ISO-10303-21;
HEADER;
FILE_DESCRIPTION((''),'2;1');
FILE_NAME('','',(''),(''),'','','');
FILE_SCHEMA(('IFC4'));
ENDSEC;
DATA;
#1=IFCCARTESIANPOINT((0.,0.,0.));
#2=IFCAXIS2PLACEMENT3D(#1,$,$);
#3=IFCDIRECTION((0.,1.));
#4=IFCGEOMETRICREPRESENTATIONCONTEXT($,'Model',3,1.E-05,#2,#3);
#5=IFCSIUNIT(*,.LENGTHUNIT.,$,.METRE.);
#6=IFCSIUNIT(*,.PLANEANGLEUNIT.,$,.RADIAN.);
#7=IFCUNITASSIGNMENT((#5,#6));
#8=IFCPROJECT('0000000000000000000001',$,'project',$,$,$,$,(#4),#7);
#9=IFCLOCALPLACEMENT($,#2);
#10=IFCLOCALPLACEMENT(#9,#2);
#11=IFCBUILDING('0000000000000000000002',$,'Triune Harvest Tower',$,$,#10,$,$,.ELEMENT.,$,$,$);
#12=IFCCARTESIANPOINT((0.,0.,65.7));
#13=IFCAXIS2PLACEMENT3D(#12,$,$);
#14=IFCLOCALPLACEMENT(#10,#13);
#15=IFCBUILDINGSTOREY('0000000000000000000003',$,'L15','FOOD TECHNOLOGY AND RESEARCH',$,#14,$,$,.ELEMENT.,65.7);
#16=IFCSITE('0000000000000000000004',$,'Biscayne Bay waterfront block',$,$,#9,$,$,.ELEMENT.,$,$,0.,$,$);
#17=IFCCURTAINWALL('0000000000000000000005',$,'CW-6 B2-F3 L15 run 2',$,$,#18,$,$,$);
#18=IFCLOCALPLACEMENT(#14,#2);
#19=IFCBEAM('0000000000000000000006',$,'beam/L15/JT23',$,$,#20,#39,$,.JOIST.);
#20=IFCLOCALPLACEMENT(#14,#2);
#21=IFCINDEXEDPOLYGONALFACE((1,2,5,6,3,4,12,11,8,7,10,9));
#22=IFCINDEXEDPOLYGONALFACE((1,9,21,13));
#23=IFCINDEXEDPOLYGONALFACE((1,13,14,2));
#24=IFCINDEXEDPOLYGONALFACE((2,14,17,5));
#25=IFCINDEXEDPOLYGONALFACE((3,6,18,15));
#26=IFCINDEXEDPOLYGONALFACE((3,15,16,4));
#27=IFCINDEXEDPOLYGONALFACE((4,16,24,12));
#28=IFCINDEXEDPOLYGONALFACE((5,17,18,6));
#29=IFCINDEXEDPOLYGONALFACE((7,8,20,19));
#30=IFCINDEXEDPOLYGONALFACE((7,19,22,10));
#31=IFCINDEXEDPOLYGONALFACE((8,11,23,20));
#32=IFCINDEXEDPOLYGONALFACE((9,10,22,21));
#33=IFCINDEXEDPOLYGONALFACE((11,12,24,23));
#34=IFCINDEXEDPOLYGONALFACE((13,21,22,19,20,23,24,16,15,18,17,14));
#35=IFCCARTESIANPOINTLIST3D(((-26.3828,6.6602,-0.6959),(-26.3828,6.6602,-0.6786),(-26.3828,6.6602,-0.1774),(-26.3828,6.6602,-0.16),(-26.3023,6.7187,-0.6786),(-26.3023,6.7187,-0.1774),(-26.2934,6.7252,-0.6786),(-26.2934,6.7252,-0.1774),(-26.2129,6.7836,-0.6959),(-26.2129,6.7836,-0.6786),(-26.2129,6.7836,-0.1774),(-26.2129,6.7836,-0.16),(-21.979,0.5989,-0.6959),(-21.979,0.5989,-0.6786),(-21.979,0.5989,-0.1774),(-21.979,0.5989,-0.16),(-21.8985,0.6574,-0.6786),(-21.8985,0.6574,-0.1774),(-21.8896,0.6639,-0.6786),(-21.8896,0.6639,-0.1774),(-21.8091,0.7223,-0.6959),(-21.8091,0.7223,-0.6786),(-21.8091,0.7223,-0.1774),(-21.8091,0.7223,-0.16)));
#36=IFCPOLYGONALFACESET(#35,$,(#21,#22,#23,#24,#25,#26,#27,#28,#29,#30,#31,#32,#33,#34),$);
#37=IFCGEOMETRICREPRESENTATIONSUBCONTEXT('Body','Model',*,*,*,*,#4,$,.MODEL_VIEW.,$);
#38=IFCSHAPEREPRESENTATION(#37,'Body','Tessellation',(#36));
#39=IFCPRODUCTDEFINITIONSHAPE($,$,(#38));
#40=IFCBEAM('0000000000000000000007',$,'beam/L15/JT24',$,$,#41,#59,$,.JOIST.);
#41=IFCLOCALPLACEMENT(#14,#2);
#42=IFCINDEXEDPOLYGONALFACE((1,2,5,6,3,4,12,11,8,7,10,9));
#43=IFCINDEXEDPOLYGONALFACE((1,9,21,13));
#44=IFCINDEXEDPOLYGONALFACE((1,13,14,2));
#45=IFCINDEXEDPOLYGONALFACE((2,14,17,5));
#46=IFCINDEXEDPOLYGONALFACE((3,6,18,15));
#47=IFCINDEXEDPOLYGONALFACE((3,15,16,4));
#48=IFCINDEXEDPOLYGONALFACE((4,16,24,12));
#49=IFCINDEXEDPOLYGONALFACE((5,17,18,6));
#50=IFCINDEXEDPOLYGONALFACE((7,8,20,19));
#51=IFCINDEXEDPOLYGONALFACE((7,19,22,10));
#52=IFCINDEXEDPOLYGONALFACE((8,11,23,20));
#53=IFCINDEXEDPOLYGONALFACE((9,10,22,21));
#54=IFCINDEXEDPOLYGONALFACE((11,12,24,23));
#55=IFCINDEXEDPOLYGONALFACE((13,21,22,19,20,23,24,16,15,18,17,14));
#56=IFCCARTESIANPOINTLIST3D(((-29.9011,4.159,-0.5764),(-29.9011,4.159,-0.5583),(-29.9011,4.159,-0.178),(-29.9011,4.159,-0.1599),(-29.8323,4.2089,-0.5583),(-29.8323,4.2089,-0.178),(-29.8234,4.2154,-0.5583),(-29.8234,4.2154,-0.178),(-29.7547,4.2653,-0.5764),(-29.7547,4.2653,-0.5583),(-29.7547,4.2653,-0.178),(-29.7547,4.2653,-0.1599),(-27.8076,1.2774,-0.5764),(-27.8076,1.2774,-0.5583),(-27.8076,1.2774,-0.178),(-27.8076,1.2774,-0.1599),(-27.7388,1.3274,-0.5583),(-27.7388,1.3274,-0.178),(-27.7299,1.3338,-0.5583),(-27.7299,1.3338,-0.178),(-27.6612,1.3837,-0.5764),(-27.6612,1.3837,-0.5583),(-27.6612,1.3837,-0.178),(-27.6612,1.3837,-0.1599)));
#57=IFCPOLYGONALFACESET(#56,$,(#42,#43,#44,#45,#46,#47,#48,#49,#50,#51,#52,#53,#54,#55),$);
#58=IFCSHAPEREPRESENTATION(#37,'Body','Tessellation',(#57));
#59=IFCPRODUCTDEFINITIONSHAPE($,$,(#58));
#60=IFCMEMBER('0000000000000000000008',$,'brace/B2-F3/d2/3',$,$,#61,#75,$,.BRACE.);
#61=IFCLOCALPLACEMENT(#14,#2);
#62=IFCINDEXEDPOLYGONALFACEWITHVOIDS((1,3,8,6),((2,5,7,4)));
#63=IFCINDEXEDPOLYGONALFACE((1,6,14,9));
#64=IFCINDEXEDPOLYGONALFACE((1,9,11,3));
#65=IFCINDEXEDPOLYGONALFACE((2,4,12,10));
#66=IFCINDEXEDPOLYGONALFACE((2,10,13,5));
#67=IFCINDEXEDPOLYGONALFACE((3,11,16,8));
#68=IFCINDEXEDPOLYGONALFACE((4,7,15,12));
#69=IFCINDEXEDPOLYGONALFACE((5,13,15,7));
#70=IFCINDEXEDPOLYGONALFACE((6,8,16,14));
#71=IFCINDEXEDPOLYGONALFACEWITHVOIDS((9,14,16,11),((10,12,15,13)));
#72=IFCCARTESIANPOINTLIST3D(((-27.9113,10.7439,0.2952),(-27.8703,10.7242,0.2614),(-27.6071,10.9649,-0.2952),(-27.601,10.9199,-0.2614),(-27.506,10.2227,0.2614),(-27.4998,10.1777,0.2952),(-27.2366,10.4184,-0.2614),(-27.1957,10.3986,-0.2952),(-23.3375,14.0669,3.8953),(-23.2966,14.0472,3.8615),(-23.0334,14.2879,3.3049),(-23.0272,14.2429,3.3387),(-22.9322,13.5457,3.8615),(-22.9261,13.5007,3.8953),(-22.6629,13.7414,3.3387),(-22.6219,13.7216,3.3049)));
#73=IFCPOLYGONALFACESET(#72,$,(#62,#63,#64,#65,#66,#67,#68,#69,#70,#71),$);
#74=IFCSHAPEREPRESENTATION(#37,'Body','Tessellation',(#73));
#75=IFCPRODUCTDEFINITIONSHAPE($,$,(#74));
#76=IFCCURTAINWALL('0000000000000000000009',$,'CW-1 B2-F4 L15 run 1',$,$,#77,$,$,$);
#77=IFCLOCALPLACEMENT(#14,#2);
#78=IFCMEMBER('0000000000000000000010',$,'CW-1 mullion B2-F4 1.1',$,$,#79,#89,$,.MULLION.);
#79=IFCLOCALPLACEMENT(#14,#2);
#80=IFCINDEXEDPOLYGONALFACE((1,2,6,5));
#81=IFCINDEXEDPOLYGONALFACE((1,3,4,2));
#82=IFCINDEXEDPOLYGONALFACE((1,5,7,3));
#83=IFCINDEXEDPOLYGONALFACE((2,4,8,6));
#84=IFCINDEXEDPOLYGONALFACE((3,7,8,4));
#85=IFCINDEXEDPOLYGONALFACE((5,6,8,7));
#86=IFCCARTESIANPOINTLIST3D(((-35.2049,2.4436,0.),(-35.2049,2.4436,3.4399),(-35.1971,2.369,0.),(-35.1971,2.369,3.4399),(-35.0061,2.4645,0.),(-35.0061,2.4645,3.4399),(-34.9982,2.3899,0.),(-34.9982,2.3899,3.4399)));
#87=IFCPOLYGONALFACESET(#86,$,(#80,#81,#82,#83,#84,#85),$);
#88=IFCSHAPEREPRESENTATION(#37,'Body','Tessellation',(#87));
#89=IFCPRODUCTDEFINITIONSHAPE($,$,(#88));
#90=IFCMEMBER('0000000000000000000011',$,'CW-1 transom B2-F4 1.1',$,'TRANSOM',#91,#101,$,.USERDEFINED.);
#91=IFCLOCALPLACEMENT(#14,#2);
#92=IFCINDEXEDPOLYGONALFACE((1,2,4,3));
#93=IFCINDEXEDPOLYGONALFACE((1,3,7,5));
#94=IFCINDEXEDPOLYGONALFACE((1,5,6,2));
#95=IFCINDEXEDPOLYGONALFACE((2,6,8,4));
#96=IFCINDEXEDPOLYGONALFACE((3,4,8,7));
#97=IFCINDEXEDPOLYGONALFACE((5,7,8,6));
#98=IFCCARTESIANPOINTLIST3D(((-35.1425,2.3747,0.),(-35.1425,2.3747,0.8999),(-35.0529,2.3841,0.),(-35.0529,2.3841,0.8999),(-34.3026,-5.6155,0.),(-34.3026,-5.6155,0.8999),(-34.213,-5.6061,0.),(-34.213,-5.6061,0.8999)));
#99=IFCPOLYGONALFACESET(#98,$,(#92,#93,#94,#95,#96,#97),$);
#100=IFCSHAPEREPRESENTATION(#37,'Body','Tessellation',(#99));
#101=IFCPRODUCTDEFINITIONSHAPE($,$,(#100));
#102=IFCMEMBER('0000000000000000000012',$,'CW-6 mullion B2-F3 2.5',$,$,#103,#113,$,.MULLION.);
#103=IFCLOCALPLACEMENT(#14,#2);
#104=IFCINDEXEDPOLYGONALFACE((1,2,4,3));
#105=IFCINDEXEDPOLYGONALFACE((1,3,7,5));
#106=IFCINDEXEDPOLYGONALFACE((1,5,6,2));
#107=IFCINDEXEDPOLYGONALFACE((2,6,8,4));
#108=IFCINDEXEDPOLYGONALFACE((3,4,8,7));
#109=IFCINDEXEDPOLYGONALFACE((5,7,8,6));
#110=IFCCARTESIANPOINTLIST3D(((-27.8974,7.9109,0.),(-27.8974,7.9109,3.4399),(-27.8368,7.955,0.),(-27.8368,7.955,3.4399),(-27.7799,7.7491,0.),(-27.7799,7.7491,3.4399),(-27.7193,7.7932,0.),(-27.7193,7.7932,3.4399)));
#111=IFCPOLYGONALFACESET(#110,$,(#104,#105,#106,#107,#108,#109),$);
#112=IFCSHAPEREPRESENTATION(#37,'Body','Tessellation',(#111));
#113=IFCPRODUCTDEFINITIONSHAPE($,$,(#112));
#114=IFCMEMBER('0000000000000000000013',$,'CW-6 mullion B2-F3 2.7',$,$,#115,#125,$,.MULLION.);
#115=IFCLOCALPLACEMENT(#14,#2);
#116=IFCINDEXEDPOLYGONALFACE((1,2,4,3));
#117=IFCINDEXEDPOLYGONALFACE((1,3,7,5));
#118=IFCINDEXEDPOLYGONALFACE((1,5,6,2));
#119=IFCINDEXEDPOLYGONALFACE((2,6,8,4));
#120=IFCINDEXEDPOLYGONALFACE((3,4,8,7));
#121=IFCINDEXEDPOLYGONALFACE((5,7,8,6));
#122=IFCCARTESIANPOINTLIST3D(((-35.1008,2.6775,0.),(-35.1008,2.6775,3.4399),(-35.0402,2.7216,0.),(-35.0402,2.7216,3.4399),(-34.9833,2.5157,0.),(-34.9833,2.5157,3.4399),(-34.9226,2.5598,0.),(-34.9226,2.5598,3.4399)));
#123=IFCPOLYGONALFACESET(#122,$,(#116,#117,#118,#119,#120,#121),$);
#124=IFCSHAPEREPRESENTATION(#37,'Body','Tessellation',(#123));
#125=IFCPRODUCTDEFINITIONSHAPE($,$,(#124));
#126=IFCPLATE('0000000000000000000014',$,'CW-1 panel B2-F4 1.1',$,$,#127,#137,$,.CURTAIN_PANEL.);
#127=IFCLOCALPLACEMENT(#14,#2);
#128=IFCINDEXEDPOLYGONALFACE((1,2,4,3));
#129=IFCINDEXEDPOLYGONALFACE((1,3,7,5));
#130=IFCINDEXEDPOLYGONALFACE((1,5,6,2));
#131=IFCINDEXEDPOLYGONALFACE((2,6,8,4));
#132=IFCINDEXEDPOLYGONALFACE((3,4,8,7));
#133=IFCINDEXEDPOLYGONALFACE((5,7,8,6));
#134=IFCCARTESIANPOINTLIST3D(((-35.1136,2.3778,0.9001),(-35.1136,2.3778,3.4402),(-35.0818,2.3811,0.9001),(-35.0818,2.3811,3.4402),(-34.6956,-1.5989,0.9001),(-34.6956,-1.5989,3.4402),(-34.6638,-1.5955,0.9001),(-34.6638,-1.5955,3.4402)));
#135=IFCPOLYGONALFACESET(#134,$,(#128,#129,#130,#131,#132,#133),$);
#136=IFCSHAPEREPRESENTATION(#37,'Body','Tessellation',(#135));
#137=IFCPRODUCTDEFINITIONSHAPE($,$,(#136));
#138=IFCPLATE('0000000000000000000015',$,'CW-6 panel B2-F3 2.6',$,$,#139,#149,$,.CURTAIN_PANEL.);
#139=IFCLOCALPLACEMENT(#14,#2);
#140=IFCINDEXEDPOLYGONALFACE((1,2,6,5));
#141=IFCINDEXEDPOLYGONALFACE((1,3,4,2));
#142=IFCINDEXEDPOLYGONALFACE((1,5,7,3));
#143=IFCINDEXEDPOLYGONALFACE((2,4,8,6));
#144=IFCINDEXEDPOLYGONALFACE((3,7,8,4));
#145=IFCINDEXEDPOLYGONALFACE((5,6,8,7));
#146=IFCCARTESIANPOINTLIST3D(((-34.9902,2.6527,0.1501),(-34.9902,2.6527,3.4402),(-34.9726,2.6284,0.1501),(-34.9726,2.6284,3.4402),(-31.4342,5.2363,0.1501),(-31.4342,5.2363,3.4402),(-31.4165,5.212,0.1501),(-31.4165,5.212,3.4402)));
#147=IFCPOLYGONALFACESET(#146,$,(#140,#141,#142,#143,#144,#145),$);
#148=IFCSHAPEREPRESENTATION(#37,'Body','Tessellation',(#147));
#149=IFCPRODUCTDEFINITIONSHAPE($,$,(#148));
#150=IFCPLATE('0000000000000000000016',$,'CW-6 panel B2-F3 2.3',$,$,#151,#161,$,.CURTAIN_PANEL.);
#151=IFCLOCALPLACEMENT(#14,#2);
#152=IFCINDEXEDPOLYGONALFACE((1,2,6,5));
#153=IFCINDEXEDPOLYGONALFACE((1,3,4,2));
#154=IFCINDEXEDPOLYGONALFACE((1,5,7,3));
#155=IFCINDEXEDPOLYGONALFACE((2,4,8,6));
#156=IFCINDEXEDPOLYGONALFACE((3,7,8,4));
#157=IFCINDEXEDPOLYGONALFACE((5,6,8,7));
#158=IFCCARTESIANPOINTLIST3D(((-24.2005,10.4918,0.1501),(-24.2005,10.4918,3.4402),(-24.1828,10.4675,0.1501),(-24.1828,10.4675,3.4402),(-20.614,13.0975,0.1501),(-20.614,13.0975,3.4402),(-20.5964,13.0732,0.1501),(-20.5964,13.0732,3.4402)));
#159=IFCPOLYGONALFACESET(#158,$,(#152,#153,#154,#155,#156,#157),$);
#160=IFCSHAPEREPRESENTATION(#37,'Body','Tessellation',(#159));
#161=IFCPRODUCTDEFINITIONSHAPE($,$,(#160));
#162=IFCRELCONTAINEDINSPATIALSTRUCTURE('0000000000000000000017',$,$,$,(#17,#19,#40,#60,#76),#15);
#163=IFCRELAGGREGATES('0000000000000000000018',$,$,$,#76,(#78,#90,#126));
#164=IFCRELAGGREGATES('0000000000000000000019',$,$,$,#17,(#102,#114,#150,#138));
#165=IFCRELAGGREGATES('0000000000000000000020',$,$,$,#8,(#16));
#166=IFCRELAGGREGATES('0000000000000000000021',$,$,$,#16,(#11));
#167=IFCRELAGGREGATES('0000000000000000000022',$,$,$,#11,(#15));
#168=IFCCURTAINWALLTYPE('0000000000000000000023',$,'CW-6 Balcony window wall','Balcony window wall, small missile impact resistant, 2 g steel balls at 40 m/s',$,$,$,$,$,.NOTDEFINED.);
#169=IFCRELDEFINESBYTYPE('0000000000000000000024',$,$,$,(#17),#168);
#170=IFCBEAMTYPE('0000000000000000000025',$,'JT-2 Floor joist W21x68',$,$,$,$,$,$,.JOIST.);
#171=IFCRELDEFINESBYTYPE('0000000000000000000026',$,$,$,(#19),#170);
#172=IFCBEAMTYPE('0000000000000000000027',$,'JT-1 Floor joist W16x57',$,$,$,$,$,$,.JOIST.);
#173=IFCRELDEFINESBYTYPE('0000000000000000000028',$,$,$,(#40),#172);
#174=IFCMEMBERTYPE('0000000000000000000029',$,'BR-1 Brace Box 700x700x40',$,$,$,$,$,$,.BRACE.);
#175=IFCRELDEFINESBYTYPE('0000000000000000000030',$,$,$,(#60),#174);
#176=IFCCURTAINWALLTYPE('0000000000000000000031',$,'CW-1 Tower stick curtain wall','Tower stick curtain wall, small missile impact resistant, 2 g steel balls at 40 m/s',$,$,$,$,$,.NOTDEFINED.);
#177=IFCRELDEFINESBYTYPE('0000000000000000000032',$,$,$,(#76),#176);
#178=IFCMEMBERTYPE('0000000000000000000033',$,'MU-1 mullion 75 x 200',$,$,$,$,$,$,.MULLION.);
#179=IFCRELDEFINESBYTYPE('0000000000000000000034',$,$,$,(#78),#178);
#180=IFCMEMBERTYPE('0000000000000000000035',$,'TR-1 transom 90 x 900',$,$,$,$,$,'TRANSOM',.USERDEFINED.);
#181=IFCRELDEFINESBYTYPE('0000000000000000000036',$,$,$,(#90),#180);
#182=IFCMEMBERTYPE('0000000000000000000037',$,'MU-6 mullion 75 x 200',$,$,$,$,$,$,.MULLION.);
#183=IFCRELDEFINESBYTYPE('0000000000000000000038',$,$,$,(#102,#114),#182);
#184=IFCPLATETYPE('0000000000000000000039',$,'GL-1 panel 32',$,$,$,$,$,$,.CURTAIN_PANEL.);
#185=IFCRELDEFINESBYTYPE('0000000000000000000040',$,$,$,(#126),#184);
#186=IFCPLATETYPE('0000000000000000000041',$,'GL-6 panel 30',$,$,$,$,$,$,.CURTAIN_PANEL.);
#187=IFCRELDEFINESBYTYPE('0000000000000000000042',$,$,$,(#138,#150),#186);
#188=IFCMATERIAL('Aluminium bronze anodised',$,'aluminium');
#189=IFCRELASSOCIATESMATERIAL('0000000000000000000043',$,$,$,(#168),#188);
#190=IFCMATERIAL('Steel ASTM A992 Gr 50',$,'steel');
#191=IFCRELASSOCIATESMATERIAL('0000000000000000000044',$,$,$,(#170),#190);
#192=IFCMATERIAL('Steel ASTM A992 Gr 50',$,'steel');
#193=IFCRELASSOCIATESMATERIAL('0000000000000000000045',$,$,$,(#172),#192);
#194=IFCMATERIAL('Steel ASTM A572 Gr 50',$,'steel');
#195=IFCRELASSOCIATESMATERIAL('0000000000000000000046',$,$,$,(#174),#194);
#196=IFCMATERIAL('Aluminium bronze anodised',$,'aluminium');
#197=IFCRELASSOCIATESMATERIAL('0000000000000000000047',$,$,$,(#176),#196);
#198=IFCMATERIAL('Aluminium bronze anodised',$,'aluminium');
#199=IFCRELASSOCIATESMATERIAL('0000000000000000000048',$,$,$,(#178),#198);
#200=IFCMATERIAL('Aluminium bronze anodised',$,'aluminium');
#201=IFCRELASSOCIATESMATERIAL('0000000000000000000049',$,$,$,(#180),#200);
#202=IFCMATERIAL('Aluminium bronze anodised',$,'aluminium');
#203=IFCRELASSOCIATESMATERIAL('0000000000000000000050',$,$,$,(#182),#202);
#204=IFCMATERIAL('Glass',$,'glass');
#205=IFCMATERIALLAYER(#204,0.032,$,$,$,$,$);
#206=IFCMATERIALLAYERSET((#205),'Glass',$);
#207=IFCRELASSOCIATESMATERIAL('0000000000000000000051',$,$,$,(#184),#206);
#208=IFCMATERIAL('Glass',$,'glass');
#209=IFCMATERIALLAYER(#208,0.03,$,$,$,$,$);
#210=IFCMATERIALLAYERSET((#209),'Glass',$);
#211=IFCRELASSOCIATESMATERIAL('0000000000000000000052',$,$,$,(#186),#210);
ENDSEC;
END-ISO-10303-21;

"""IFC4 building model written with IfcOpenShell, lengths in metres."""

from ifc_helpers import new_model, si_unit, direction, frame, origin, origin_2d, place, context, subcontext, project, spatial, rectangle, hollow_rectangle, i_section, extrude, source, transform, mapped, material, layer, layer_set, material_profile, profile_set, type_object, element, aggregate, save


model = new_model("IFC4")

# Units and contexts
model_context = context("Model", 3, precision=1e-05, world=origin(), true_north=direction((0.0, 1.0)))
body_context = subcontext(model_context, "Body", "Model", "MODEL_VIEW")
ifc_project = project(units=[si_unit("LENGTHUNIT", "METRE"), si_unit("PLANEANGLEUNIT", "RADIAN")], contexts=[model_context])

# Site, building, storey
site_placement = place(None, origin())
site = spatial("IfcSite", under=ifc_project, at=site_placement, Name="Biscayne Bay waterfront block", CompositionType="ELEMENT", RefElevation=0.0)
building_placement = place(site_placement, origin())
building = spatial("IfcBuilding", under=site, at=building_placement, Name="Triune Harvest Tower", CompositionType="ELEMENT")
storey_placement = place(building_placement, frame((0.0, 0.0, 65.7)))
storey = spatial("IfcBuildingStorey", under=building, at=storey_placement, Name="L15", Description="FOOD TECHNOLOGY AND RESEARCH", CompositionType="ELEMENT", Elevation=65.7)

# Curtain wall
ifc_material_1 = material(Name="Aluminium bronze anodised", Category="aluminium")
curtain_wall_type_1 = type_object("IfcCurtainWallType", Name="CW-6 Balcony window wall", Description="Balcony window wall, small missile impact resistant, 2 g steel balls at 40 m/s", PredefinedType="NOTDEFINED", material=ifc_material_1)
curtain_wall_1_placement = place(storey_placement, origin())
curtain_wall_1 = element("IfcCurtainWall", 1, at=curtain_wall_1_placement, inside=storey, type_object=curtain_wall_type_1, Name="CW-6 B2-F3 L15 run 2")

# Beams
ifc_material_2 = material(Name="Steel ASTM A992 Gr 50", Category="steel")
ifc_material_profile_1 = material_profile(ifc_material_2, i_section(OverallWidth=0.21, OverallDepth=0.5359, WebThickness=0.011, FlangeThickness=0.0173, at=origin_2d()), Name="W21x68")
ifc_profile_set_1 = profile_set([ifc_material_profile_1], Name="Steel ASTM A992 Gr 50")
beam_type_1 = type_object("IfcBeamType", Name="JT-2 Floor joist W21x68", PredefinedType="JOIST", material=ifc_profile_set_1)
shared_shape_1 = source(origin(), body_context, "Body", "SweptSolid", [
    extrude(i_section(OverallWidth=0.21, OverallDepth=0.5359, WebThickness=0.011, FlangeThickness=0.0173, at=origin_2d()), origin(), (0.0, 0.0, 1.0), 7.4922),
])
beam_1_placement = place(storey_placement, frame((-26.2979, 6.7219, -0.428), z_axis=(0.587788, -0.809015, 0.0), x_axis=(0.809015, 0.587788, 0.0)))
element("IfcBeam", 2, at=beam_1_placement, inside=storey, type_object=beam_type_1, Name="beam/L15/JT23", PredefinedType="JOIST", context=body_context, shape_type="MappedRepresentation", body=[
    mapped(shared_shape_1, transform((0.0, 0.0, 0.0), scale=1.0)),
])
ifc_material_3 = material(Name="Steel ASTM A992 Gr 50", Category="steel")
ifc_material_profile_2 = material_profile(ifc_material_3, i_section(OverallWidth=0.1809, OverallDepth=0.4165, WebThickness=0.011, FlangeThickness=0.0181, at=origin_2d()), Name="W16x57")
ifc_profile_set_2 = profile_set([ifc_material_profile_2], Name="Steel ASTM A992 Gr 50")
beam_type_2 = type_object("IfcBeamType", Name="JT-1 Floor joist W16x57", PredefinedType="JOIST", material=ifc_profile_set_2)
shared_shape_2 = source(origin(), body_context, "Body", "SweptSolid", [
    extrude(i_section(OverallWidth=0.1809, OverallDepth=0.4165, WebThickness=0.011, FlangeThickness=0.0181, at=origin_2d()), origin(), (0.0, 0.0, 1.0), 3.5618),
])
beam_2_placement = place(storey_placement, frame((-29.8279, 4.2122, -0.3682), z_axis=(0.587768, -0.809029, 0.0), x_axis=(0.809029, 0.587768, 0.0)))
element("IfcBeam", 3, at=beam_2_placement, inside=storey, type_object=beam_type_2, Name="beam/L15/JT24", PredefinedType="JOIST", context=body_context, shape_type="MappedRepresentation", body=[
    mapped(shared_shape_2, transform((0.0, 0.0, 0.0), scale=1.0)),
])

# Member
ifc_material_4 = material(Name="Steel ASTM A572 Gr 50", Category="steel")
ifc_material_profile_3 = material_profile(ifc_material_4, hollow_rectangle(XDim=0.7, YDim=0.7, WallThickness=0.04, at=origin_2d()), Name="Box 700x700x40")
ifc_profile_set_3 = profile_set([ifc_material_profile_3], Name="Steel ASTM A572 Gr 50")
member_type_1 = type_object("IfcMemberType", Name="BR-1 Brace Box 700x700x40", PredefinedType="BRACE", material=ifc_profile_set_3)
shared_shape_3 = source(origin(), body_context, "Body", "SweptSolid", [
    extrude(hollow_rectangle(XDim=0.7, YDim=0.7, WallThickness=0.04, at=origin_2d()), origin(), (0.0, 0.0, 1.0), 6.7024),
])
member_1_placement = place(storey_placement, frame((-27.5535, 10.5713, 0.0), z_axis=(0.682403, 0.495793, 0.537136), x_axis=(-0.587784, 0.809018, 0.0)))
element("IfcMember", 4, at=member_1_placement, inside=storey, type_object=member_type_1, Name="brace/B2-F3/d2/3", PredefinedType="BRACE", context=body_context, shape_type="MappedRepresentation", body=[
    mapped(shared_shape_3, transform((0.0, 0.0, 0.0), scale=1.0)),
])

# Curtain wall, members
ifc_material_5 = material(Name="Aluminium bronze anodised", Category="aluminium")
curtain_wall_type_2 = type_object("IfcCurtainWallType", Name="CW-1 Tower stick curtain wall", Description="Tower stick curtain wall, small missile impact resistant, 2 g steel balls at 40 m/s", PredefinedType="NOTDEFINED", material=ifc_material_5)
curtain_wall_2_placement = place(storey_placement, origin())
curtain_wall_2 = element("IfcCurtainWall", 5, at=curtain_wall_2_placement, inside=storey, type_object=curtain_wall_type_2, Name="CW-1 B2-F4 L15 run 1")
ifc_material_6 = material(Name="Aluminium bronze anodised", Category="aluminium")
ifc_material_profile_4 = material_profile(ifc_material_6, rectangle(XDim=0.2, YDim=0.075, at=origin_2d()), Name="MU-1 mullion 75 x 200")
ifc_profile_set_4 = profile_set([ifc_material_profile_4], Name="Aluminium bronze anodised")
member_type_2 = type_object("IfcMemberType", Name="MU-1 mullion 75 x 200", PredefinedType="MULLION", material=ifc_profile_set_4)
shared_shape_4 = source(origin(), body_context, "Body", "SweptSolid", [
    extrude(rectangle(XDim=0.2, YDim=0.075, at=origin_2d()), origin(), (0.0, 0.0, 1.0), 3.4399),
])
member_2_placement = place(storey_placement, frame((-35.1016, 2.4167, 0.0), z_axis=(0.0, 0.0, 1.0), x_axis=(0.994522, 0.104529, 0.0)))
member_2 = element("IfcMember", 6, at=member_2_placement, type_object=member_type_2, Name="CW-1 mullion B2-F4 1.1", PredefinedType="MULLION", context=body_context, shape_type="MappedRepresentation", body=[
    mapped(shared_shape_4, transform((0.0, 0.0, 0.0), scale=1.0)),
])
ifc_material_7 = material(Name="Aluminium bronze anodised", Category="aluminium")
ifc_material_profile_5 = material_profile(ifc_material_7, rectangle(XDim=0.0901, YDim=0.8999, at=origin_2d()), Name="TR-1 transom 90 x 900")
ifc_profile_set_5 = profile_set([ifc_material_profile_5], Name="Aluminium bronze anodised")
member_type_3 = type_object("IfcMemberType", Name="TR-1 transom 90 x 900", ElementType="TRANSOM", PredefinedType="USERDEFINED", material=ifc_profile_set_5)
shared_shape_5 = source(origin(), body_context, "Body", "SweptSolid", [
    extrude(rectangle(XDim=0.0901, YDim=0.8999, at=origin_2d()), origin(), (0.0, 0.0, 1.0), 8.0342),
])
member_3_placement = place(storey_placement, frame((-35.0977, 2.3794, 0.45), z_axis=(0.104533, -0.994521, 0.0), x_axis=(0.994521, 0.104533, 0.0)))
member_3 = element("IfcMember", 7, at=member_3_placement, type_object=member_type_3, Name="CW-1 transom B2-F4 1.1", ObjectType="TRANSOM", PredefinedType="USERDEFINED", context=body_context, shape_type="MappedRepresentation", body=[
    mapped(shared_shape_5, transform((0.0, 0.0, 0.0), scale=1.0)),
])

# Members
ifc_material_8 = material(Name="Aluminium bronze anodised", Category="aluminium")
ifc_material_profile_6 = material_profile(ifc_material_8, rectangle(XDim=0.2, YDim=0.075, at=origin_2d()), Name="MU-6 mullion 75 x 200")
ifc_profile_set_6 = profile_set([ifc_material_profile_6], Name="Aluminium bronze anodised")
member_type_4 = type_object("IfcMemberType", Name="MU-6 mullion 75 x 200", PredefinedType="MULLION", material=ifc_profile_set_6)
shared_shape_6 = source(origin(), body_context, "Body", "SweptSolid", [
    extrude(rectangle(XDim=0.2, YDim=0.075, at=origin_2d()), origin(), (0.0, 0.0, 1.0), 3.4399),
])
member_4_placement = place(storey_placement, frame((-27.8083, 7.8521, 0.0), z_axis=(0.0, 0.0, 1.0), x_axis=(0.587785, -0.809017, 0.0)))
member_4 = element("IfcMember", 8, at=member_4_placement, type_object=member_type_4, Name="CW-6 mullion B2-F3 2.5", PredefinedType="MULLION", context=body_context, shape_type="MappedRepresentation", body=[
    mapped(shared_shape_6, transform((0.0, 0.0, 0.0), scale=1.0)),
])
member_5_placement = place(storey_placement, frame((-35.0117, 2.6187, 0.0), z_axis=(0.0, 0.0, 1.0), x_axis=(0.587785, -0.809017, 0.0)))
member_5 = element("IfcMember", 9, at=member_5_placement, type_object=member_type_4, Name="CW-6 mullion B2-F3 2.7", PredefinedType="MULLION", context=body_context, shape_type="MappedRepresentation", body=[
    mapped(shared_shape_6, transform((0.0, 0.0, 0.0), scale=1.0)),
])

# Plates
ifc_material_9 = material(Name="Glass", Category="glass")
ifc_layer_1 = layer(ifc_material_9, 0.032)
ifc_layer_set_1 = layer_set([ifc_layer_1], Name="Glass")
plate_type_1 = type_object("IfcPlateType", Name="GL-1 panel 32", PredefinedType="CURTAIN_PANEL", material=ifc_layer_set_1)
shared_shape_7 = source(origin(), body_context, "Body", "SweptSolid", [
    extrude(rectangle(XDim=3.9985, YDim=0.032, at=origin_2d()), origin(), (0.0, 0.0, 1.0), 2.54),
])
plate_1_placement = place(storey_placement, frame((-34.8887, 0.3911, 0.9001), z_axis=(0.0, 0.0, 1.0), x_axis=(0.104529, -0.994522, 0.0)))
plate_1 = element("IfcPlate", 10, at=plate_1_placement, type_object=plate_type_1, Name="CW-1 panel B2-F4 1.1", PredefinedType="CURTAIN_PANEL", context=body_context, shape_type="MappedRepresentation", body=[
    mapped(shared_shape_7, transform((0.0, 0.0, 0.0), scale=1.0)),
])
aggregate(curtain_wall_2, [member_2, member_3, plate_1])
ifc_material_10 = material(Name="Glass", Category="glass")
ifc_layer_2 = layer(ifc_material_10, 0.03)
ifc_layer_set_2 = layer_set([ifc_layer_2], Name="Glass")
plate_type_2 = type_object("IfcPlateType", Name="GL-6 panel 30", PredefinedType="CURTAIN_PANEL", material=ifc_layer_set_2)
shared_shape_8 = source(origin(), body_context, "Body", "SweptSolid", [
    extrude(rectangle(XDim=4.3955, YDim=0.03, at=origin_2d()), origin(), (0.0, 0.0, 1.0), 3.29),
])
plate_2_placement = place(storey_placement, frame((-33.2034, 3.9324, 0.1501), z_axis=(0.0, 0.0, 1.0), x_axis=(-0.809017, -0.587785, 0.0)))
plate_2 = element("IfcPlate", 11, at=plate_2_placement, type_object=plate_type_2, Name="CW-6 panel B2-F3 2.6", PredefinedType="CURTAIN_PANEL", context=body_context, shape_type="MappedRepresentation", body=[
    mapped(shared_shape_8, transform((0.0, 0.0, 0.0), scale=1.0)),
])
shared_shape_9 = source(origin(), body_context, "Body", "SweptSolid", [
    extrude(rectangle(XDim=4.4331, YDim=0.03, at=origin_2d()), origin(), (0.0, 0.0, 1.0), 3.29),
])
plate_3_placement = place(storey_placement, frame((-22.3984, 11.7825, 0.1501), z_axis=(0.0, 0.0, 1.0), x_axis=(-0.809017, -0.587785, 0.0)))
plate_3 = element("IfcPlate", 12, at=plate_3_placement, type_object=plate_type_2, Name="CW-6 panel B2-F3 2.3", PredefinedType="CURTAIN_PANEL", context=body_context, shape_type="MappedRepresentation", body=[
    mapped(shared_shape_9, transform((0.0, 0.0, 0.0), scale=1.0)),
])
aggregate(curtain_wall_1, [member_4, member_5, plate_3, plate_2])

save(model, "model.ifc")
